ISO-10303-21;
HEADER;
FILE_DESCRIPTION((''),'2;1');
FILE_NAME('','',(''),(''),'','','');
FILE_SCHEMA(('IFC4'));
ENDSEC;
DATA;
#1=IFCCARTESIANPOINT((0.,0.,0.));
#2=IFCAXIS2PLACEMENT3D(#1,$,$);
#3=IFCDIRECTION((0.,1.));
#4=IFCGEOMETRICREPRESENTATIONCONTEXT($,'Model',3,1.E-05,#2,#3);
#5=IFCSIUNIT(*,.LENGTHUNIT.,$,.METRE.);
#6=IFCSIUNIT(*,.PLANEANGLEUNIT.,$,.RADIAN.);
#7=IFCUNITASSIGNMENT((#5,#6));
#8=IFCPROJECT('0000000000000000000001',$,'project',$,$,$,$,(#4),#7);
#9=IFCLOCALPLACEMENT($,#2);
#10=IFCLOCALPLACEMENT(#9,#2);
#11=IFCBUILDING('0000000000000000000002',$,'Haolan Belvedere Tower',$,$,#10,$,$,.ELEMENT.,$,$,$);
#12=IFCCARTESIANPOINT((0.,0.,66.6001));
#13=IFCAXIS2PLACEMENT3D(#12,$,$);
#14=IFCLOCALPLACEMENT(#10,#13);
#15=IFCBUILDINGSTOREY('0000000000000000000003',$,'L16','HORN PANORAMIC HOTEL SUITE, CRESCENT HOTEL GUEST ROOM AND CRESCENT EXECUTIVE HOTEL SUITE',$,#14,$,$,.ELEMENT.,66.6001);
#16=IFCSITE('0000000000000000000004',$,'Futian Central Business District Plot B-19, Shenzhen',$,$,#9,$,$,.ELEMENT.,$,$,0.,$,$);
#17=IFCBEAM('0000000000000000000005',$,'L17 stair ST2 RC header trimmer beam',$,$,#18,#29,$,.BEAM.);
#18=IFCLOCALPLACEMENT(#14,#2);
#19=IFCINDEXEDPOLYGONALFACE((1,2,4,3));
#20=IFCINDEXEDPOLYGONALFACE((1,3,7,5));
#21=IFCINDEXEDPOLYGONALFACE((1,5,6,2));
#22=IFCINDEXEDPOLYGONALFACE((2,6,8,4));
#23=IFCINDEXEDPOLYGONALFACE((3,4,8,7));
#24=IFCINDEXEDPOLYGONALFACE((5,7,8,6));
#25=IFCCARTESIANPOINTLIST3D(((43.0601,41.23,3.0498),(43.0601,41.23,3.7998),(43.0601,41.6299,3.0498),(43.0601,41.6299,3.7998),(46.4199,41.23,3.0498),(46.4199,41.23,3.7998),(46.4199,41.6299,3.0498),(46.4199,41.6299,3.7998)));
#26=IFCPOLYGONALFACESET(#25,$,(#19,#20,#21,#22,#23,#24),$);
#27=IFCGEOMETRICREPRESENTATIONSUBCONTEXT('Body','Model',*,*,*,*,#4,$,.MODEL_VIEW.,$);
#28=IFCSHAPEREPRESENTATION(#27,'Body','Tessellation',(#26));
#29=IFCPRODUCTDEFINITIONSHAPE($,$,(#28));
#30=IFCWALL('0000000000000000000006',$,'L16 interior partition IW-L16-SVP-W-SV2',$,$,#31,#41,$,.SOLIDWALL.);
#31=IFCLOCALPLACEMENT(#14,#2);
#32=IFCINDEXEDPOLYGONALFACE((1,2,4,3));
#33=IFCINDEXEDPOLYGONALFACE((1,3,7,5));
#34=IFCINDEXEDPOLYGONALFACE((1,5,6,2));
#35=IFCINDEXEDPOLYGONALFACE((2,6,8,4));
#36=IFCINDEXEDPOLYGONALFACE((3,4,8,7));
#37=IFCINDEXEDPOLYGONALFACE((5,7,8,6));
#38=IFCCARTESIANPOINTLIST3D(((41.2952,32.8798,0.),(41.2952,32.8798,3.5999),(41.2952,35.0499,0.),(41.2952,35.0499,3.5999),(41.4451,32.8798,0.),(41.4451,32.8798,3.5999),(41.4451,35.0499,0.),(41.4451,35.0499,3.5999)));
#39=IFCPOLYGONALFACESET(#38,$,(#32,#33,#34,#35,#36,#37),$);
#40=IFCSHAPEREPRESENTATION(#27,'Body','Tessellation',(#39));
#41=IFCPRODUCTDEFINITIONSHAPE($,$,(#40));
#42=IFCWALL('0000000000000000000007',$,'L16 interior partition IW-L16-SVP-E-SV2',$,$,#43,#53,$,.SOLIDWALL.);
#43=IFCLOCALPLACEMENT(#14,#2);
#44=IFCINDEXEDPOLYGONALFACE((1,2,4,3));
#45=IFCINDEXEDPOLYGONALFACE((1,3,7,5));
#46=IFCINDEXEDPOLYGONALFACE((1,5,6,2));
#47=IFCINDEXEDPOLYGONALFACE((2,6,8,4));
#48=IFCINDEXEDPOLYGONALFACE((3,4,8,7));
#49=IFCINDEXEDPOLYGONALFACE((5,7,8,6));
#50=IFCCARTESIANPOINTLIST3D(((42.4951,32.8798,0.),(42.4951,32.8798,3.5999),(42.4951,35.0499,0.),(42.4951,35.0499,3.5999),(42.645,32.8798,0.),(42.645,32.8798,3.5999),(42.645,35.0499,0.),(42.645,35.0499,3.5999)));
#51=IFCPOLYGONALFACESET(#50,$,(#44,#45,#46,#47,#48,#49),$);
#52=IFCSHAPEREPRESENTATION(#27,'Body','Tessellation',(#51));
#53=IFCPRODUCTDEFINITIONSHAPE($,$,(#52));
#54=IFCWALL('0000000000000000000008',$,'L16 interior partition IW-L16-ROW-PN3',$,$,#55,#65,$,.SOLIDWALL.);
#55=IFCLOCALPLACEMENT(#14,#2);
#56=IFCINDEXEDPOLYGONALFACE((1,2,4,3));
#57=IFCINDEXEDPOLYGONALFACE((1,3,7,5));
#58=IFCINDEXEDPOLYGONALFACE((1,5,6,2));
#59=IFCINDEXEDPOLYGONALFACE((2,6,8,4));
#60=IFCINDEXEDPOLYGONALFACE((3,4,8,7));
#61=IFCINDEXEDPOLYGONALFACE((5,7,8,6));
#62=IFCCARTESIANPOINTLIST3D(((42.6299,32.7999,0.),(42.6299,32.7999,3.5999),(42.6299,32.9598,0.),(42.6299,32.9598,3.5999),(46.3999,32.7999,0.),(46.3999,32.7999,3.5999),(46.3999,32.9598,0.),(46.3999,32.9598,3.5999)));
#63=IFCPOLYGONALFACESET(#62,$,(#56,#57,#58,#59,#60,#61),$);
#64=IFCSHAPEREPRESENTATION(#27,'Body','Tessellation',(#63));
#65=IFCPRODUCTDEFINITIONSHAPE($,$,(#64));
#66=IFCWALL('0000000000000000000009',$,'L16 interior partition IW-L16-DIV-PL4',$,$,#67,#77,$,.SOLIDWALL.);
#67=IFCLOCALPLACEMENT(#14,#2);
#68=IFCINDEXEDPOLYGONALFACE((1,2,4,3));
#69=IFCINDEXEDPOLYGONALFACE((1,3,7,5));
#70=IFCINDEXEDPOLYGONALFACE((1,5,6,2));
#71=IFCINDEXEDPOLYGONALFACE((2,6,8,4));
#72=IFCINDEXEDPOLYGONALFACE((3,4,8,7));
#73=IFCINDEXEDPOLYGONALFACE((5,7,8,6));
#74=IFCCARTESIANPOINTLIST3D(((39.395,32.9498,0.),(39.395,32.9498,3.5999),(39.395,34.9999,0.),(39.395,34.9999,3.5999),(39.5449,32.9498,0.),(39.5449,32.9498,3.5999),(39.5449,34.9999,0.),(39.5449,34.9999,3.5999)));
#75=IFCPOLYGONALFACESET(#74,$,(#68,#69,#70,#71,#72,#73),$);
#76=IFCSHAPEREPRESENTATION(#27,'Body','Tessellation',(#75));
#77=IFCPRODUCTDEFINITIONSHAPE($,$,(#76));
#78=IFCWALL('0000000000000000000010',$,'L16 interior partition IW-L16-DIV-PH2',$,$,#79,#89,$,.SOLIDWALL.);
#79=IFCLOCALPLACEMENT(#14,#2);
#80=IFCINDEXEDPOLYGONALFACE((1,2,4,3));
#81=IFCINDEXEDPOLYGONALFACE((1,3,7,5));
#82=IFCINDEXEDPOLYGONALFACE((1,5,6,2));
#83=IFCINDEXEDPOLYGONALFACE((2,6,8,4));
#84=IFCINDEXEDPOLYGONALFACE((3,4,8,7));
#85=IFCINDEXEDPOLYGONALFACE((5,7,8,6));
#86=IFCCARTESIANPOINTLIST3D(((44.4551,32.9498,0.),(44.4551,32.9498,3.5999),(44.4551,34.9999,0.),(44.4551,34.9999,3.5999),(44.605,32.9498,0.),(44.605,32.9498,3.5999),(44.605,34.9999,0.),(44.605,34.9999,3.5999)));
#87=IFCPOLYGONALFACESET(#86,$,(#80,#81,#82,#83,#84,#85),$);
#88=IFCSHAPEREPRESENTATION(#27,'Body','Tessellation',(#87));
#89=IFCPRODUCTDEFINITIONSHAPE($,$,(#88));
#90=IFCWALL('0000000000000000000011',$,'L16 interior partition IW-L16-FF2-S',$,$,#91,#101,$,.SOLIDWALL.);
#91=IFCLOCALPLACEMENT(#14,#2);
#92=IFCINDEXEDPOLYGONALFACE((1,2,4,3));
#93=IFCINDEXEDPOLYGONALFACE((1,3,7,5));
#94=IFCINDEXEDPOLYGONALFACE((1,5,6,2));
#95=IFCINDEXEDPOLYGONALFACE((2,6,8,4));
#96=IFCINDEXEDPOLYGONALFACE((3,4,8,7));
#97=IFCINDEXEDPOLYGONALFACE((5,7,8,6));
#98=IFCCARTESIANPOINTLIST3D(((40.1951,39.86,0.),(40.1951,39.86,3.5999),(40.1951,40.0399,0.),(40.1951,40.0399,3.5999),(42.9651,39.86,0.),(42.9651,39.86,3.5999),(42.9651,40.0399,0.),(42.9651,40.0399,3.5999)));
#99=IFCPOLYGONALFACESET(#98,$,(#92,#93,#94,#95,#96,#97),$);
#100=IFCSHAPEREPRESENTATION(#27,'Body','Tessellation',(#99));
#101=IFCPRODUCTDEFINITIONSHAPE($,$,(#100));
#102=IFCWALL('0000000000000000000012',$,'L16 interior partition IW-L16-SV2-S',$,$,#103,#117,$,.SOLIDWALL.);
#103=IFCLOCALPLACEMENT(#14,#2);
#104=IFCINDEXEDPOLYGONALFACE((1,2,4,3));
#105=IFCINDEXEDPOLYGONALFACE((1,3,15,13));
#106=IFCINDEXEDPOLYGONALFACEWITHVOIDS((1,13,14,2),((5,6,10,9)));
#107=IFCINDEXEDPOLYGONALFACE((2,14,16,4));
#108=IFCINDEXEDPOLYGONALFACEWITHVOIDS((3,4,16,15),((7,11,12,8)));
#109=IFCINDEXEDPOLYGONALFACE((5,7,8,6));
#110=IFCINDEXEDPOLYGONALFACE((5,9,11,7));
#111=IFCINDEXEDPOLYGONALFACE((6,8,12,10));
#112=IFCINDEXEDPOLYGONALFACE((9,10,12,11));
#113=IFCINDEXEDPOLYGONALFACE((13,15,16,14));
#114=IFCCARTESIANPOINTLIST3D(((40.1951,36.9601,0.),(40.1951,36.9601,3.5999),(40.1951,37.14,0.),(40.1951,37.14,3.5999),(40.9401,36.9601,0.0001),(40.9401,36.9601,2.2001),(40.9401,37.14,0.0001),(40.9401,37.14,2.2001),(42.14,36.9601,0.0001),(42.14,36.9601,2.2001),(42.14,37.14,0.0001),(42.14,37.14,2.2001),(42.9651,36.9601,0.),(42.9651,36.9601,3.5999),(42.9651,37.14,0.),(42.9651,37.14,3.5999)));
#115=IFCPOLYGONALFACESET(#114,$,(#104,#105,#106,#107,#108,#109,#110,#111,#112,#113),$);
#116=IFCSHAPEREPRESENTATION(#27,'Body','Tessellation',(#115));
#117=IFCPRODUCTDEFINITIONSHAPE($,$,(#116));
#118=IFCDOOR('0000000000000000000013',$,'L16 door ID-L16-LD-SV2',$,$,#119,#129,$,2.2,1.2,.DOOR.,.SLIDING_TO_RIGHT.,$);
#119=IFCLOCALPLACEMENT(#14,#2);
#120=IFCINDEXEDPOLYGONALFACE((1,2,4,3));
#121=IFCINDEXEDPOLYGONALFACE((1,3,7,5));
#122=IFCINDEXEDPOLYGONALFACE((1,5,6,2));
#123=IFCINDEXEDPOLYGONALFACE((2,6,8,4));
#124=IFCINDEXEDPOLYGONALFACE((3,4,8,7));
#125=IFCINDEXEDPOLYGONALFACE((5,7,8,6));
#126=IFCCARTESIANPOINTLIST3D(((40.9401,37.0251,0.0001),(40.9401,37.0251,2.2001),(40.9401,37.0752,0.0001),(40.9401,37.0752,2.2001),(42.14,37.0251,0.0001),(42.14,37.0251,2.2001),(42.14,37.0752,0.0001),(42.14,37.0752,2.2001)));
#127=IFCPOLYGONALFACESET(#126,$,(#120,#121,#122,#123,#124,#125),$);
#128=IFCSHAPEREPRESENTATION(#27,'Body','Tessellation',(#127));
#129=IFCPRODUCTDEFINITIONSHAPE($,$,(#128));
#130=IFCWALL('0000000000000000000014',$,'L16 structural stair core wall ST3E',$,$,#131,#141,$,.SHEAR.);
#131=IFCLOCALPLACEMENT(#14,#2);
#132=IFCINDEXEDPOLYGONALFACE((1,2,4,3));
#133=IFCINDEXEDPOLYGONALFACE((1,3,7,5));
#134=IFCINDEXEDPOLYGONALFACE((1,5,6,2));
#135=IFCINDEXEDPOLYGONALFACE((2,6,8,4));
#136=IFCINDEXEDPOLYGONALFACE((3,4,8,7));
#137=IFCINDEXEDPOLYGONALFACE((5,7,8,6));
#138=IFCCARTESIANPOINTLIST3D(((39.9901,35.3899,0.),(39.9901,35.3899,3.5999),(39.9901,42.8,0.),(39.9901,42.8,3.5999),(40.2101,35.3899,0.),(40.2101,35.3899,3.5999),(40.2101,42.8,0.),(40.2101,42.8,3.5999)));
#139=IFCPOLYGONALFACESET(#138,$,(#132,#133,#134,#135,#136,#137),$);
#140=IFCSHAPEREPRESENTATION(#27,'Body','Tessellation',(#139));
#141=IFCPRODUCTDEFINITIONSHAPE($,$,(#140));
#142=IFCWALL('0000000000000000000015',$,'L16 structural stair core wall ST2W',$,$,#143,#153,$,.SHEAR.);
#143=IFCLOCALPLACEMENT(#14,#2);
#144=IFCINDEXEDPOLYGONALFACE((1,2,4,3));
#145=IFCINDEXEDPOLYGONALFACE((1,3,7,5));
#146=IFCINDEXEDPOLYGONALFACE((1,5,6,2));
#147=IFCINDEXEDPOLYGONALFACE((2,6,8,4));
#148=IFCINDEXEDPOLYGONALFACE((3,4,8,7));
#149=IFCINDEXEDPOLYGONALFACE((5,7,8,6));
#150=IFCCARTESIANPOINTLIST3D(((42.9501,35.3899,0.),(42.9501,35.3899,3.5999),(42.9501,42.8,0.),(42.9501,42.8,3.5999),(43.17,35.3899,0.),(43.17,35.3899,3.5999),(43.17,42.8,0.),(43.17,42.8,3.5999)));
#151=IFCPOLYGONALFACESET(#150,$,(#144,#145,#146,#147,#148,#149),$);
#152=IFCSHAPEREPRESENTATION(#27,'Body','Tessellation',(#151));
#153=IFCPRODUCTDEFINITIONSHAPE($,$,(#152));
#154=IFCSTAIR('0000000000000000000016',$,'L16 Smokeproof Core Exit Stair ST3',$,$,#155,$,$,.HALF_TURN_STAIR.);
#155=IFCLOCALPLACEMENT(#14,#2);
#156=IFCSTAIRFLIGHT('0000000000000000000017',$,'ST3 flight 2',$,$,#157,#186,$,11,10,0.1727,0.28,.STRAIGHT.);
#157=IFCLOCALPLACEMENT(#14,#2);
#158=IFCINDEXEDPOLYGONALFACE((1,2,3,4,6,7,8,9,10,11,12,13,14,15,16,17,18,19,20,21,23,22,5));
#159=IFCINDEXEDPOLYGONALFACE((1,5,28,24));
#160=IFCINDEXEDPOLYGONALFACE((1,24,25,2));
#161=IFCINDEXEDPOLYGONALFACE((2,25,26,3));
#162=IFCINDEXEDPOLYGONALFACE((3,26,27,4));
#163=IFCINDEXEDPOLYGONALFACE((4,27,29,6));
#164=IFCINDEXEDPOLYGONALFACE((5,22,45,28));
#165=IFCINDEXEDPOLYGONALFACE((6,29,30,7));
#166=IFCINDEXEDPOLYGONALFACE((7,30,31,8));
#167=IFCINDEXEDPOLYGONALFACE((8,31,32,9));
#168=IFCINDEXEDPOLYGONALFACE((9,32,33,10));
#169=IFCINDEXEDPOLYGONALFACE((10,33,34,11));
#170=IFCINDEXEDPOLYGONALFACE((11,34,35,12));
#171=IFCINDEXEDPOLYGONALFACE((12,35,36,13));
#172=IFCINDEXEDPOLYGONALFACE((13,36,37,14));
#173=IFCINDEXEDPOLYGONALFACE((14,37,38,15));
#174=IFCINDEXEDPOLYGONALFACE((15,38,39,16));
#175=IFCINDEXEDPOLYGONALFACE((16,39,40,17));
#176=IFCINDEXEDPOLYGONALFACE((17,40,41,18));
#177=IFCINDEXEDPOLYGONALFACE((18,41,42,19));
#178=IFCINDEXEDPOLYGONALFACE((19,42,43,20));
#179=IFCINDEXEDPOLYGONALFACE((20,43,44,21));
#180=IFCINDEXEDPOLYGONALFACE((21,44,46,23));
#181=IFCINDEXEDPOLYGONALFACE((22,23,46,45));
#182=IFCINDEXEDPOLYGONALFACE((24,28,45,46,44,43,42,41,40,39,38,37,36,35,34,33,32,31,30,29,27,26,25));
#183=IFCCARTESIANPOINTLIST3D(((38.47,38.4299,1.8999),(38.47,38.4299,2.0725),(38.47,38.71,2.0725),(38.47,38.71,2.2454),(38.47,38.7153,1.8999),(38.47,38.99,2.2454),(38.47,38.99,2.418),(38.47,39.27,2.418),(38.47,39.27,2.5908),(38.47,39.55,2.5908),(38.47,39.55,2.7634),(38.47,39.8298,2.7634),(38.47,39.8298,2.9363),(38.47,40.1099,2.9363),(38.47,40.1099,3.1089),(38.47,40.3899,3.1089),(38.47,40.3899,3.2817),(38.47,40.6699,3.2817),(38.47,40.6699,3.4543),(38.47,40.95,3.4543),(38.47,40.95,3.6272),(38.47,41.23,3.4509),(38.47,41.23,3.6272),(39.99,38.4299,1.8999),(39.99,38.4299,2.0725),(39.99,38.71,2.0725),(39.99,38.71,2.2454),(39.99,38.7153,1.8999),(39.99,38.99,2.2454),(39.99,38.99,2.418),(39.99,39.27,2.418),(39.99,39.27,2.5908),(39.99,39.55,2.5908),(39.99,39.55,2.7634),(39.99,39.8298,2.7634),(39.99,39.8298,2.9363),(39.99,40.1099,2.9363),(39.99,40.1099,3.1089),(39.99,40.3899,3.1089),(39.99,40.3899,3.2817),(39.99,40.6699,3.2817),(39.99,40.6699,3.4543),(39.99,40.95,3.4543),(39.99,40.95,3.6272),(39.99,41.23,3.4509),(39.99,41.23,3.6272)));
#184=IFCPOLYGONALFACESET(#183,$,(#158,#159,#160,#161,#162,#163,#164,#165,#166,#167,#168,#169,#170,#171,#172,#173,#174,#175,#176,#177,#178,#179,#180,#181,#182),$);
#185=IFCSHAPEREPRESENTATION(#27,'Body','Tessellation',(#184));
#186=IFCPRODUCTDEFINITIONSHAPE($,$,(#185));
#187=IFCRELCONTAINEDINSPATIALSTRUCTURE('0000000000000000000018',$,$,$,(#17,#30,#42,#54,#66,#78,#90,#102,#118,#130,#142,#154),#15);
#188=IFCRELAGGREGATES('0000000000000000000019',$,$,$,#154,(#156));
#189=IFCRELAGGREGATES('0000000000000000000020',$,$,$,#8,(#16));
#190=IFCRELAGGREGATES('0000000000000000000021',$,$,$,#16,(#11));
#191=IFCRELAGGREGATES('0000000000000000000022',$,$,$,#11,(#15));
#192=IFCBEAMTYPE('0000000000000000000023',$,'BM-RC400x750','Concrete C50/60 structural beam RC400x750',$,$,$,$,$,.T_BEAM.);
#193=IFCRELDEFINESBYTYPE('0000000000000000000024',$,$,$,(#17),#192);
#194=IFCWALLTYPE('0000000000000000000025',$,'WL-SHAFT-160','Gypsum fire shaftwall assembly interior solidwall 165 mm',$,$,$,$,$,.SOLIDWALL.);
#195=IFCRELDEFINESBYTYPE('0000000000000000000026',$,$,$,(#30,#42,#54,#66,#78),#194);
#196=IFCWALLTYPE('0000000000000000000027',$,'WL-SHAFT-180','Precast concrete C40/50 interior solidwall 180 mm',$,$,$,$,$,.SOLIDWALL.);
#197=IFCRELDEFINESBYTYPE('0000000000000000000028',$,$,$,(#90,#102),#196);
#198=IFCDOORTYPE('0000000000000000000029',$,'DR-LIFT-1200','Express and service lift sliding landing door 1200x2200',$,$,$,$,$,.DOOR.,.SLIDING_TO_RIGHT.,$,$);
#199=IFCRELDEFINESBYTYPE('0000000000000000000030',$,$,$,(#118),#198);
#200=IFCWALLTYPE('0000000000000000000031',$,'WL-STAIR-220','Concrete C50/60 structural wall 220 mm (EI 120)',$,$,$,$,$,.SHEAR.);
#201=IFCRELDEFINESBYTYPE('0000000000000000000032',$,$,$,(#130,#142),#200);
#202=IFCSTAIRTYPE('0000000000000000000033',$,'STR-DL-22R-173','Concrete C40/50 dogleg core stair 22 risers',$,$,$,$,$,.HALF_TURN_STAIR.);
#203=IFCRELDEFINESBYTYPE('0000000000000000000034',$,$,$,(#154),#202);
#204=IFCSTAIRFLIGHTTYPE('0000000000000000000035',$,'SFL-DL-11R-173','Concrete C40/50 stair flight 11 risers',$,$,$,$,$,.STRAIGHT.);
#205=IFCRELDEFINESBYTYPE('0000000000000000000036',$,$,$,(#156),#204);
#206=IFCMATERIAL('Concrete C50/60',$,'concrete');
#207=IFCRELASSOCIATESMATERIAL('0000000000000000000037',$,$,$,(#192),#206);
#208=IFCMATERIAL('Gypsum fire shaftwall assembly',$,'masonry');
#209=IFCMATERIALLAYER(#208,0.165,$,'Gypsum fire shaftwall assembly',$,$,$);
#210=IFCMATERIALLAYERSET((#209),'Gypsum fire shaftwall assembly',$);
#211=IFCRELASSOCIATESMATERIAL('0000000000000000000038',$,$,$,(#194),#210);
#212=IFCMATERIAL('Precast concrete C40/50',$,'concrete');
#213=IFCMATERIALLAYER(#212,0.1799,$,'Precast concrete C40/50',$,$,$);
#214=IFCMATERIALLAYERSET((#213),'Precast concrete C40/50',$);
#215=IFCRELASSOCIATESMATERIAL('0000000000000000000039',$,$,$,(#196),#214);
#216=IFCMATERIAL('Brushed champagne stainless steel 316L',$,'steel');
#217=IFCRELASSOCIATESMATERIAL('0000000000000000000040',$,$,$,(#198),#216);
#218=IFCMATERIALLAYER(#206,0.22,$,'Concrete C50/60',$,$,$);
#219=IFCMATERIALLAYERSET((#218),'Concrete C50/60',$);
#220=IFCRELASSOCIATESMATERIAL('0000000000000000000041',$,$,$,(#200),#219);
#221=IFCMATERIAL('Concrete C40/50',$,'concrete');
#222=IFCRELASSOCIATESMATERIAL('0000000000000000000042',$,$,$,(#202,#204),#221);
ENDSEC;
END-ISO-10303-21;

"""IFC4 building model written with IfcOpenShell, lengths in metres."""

from ifc_helpers import new_model, si_unit, direction, frame, frame_2d, origin, origin_2d, place, context, subcontext, project, spatial, polyline, rectangle, outline, extrude, material, layer, layer_set, material_profile, profile_set, type_object, element, fill, aggregate, save


model = new_model("IFC4")

# Units and contexts
model_context = context("Model", 3, precision=1e-05, world=origin(), true_north=direction((0.0, 1.0)))
body_context = subcontext(model_context, "Body", "Model", "MODEL_VIEW")
ifc_project = project(units=[si_unit("LENGTHUNIT", "METRE"), si_unit("PLANEANGLEUNIT", "RADIAN")], contexts=[model_context])

# Site, building, storey
site_placement = place(None, origin())
site = spatial("IfcSite", under=ifc_project, at=site_placement, Name="Futian Central Business District Plot B-19, Shenzhen", CompositionType="ELEMENT", RefElevation=0.0)
building_placement = place(site_placement, origin())
building = spatial("IfcBuilding", under=site, at=building_placement, Name="Haolan Belvedere Tower", CompositionType="ELEMENT")
storey_placement = place(building_placement, frame((0.0, 0.0, 66.6001)))
storey = spatial("IfcBuildingStorey", under=building, at=storey_placement, Name="L16", Description="HORN PANORAMIC HOTEL SUITE, CRESCENT HOTEL GUEST ROOM AND CRESCENT EXECUTIVE HOTEL SUITE", CompositionType="ELEMENT", Elevation=66.6001)

# Beam
ifc_material_1 = material(Name="Concrete C50/60", Category="concrete")
ifc_material_profile = material_profile(ifc_material_1, rectangle(XDim=0.3999, YDim=0.75, at=origin_2d()), Name="Concrete C50/60")
ifc_profile_set = profile_set([ifc_material_profile], Name="Concrete C50/60")
beam_type = type_object("IfcBeamType", Name="BM-RC400x750", Description="Concrete C50/60 structural beam RC400x750", PredefinedType="T_BEAM", material=ifc_profile_set)
beam_placement = place(storey_placement, frame((43.0601, 41.4299, 3.4248), z_axis=(1.0, 0.0, 0.0), x_axis=(0.0, 1.0, 0.0)))
element("IfcBeam", 1, at=beam_placement, inside=storey, type_object=beam_type, Name="L17 stair ST2 RC header trimmer beam", PredefinedType="BEAM", context=body_context, shape_type="SweptSolid", body=[
    extrude(rectangle(XDim=0.3999, YDim=0.75, at=origin_2d()), origin(), (0.0, 0.0, 1.0), 3.3599),
])

# Walls
ifc_material_2 = material(Name="Gypsum fire shaftwall assembly", Category="masonry")
ifc_layer_1 = layer(ifc_material_2, 0.165, Name="Gypsum fire shaftwall assembly")
ifc_layer_set_1 = layer_set([ifc_layer_1], Name="Gypsum fire shaftwall assembly")
wall_type_1 = type_object("IfcWallType", Name="WL-SHAFT-160", Description="Gypsum fire shaftwall assembly interior solidwall 165 mm", PredefinedType="SOLIDWALL", material=ifc_layer_set_1)
for number, where, z_axis, x_axis, name in (
    (2, (41.3701, 32.8799, 0.0), (0.0, 0.0, 1.0), (0.0, 1.0, 0.0), "L16 interior partition IW-L16-SVP-W-SV2"),
    (3, (42.5701, 32.8799, 0.0), (0.0, 0.0, 1.0), (0.0, 1.0, 0.0), "L16 interior partition IW-L16-SVP-E-SV2"),
):
    element("IfcWall", number, at=place(storey_placement, frame(where, z_axis=z_axis, x_axis=x_axis)), inside=storey, type_object=wall_type_1, Name=name, PredefinedType="SOLIDWALL", context=body_context, shape_type="SweptSolid", body=[
        extrude(rectangle(XDim=2.1702, YDim=0.1499, at=frame_2d((1.085, 0.0))), origin(), (0.0, 0.0, 1.0), 3.5999),
    ])
wall_1_placement = place(storey_placement, frame((42.6299, 32.8799, 0.0), z_axis=(0.0, 0.0, 1.0), x_axis=(1.0, 0.0, 0.0)))
element("IfcWall", 4, at=wall_1_placement, inside=storey, type_object=wall_type_1, Name="L16 interior partition IW-L16-ROW-PN3", PredefinedType="SOLIDWALL", context=body_context, shape_type="SweptSolid", body=[
    extrude(rectangle(XDim=3.77, YDim=0.1599, at=frame_2d((1.885, 0.0))), origin(), (0.0, 0.0, 1.0), 3.5999),
])
for number, where, z_axis, x_axis, name in (
    (5, (39.47, 32.95, 0.0), (0.0, 0.0, 1.0), (0.0, 1.0, 0.0), "L16 interior partition IW-L16-DIV-PL4"),
    (6, (44.53, 32.95, 0.0), (0.0, 0.0, 1.0), (0.0, 1.0, 0.0), "L16 interior partition IW-L16-DIV-PH2"),
):
    element("IfcWall", number, at=place(storey_placement, frame(where, z_axis=z_axis, x_axis=x_axis)), inside=storey, type_object=wall_type_1, Name=name, PredefinedType="SOLIDWALL", context=body_context, shape_type="SweptSolid", body=[
        extrude(rectangle(XDim=2.05, YDim=0.1499, at=frame_2d((1.0249, 0.0))), origin(), (0.0, 0.0, 1.0), 3.5999),
    ])
ifc_material_3 = material(Name="Precast concrete C40/50", Category="concrete")
ifc_layer_2 = layer(ifc_material_3, 0.1799, Name="Precast concrete C40/50")
ifc_layer_set_2 = layer_set([ifc_layer_2], Name="Precast concrete C40/50")
wall_type_2 = type_object("IfcWallType", Name="WL-SHAFT-180", Description="Precast concrete C40/50 interior solidwall 180 mm", PredefinedType="SOLIDWALL", material=ifc_layer_set_2)
wall_2_placement = place(storey_placement, frame((40.1951, 39.95, 0.0), z_axis=(0.0, 0.0, 1.0), x_axis=(1.0, 0.0, 0.0)))
element("IfcWall", 7, at=wall_2_placement, inside=storey, type_object=wall_type_2, Name="L16 interior partition IW-L16-FF2-S", PredefinedType="SOLIDWALL", context=body_context, shape_type="SweptSolid", body=[
    extrude(rectangle(XDim=2.77, YDim=0.1799, at=frame_2d((1.385, 0.0))), origin(), (0.0, 0.0, 1.0), 3.5999),
])

# Wall, opening, door
wall_3_placement = place(storey_placement, frame((40.1951, 37.05, 0.0), z_axis=(0.0, 0.0, 1.0), x_axis=(1.0, 0.0, 0.0)))
wall_3 = element("IfcWall", 8, at=wall_3_placement, inside=storey, type_object=wall_type_2, Name="L16 interior partition IW-L16-SV2-S", PredefinedType="SOLIDWALL", context=body_context, shape_type="SweptSolid", body=[
    extrude(rectangle(XDim=2.77, YDim=0.1799, at=frame_2d((1.385, 0.0))), origin(), (0.0, 0.0, 1.0), 3.5999),
])
opening_placement = place(wall_3_placement, frame((1.9451, 0.0, 0.0), z_axis=(0.0, 0.0, 1.0), x_axis=(-1.0, 0.0, 0.0)))
opening = element("IfcOpeningElement", 9, at=opening_placement, cuts=wall_3, PredefinedType="OPENING", context=body_context, shape_type="SweptSolid", body=[
    extrude(rectangle(XDim=1.2, YDim=2.2, at=frame_2d((0.6001, 1.1001))), frame((0.0, 0.0999, 0.0), z_axis=(0.0, -1.0, 0.0), x_axis=(1.0, 0.0, 0.0)), (0.0, 0.0, 1.0), 0.2),
])
ifc_material_4 = material(Name="Brushed champagne stainless steel 316L", Category="steel")
door_type = type_object("IfcDoorType", Name="DR-LIFT-1200", Description="Express and service lift sliding landing door 1200x2200", OperationType="SLIDING_TO_RIGHT", PredefinedType="DOOR", material=ifc_material_4)
door_placement = place(opening_placement, origin())
door = element("IfcDoor", 10, at=door_placement, inside=storey, type_object=door_type, Name="L16 door ID-L16-LD-SV2", OperationType="SLIDING_TO_RIGHT", OverallHeight=2.2, OverallWidth=1.2, PredefinedType="DOOR", context=body_context, shape_type="SweptSolid", body=[
    extrude(rectangle(XDim=1.2, YDim=2.2, at=frame_2d((0.6001, 1.1001))), frame((0.0, 0.0249, 0.0), z_axis=(0.0, -1.0, 0.0), x_axis=(1.0, 0.0, 0.0)), (0.0, 0.0, 1.0), 0.05),
])
fill(opening, door)

# Walls
ifc_layer_3 = layer(ifc_material_1, 0.22, Name="Concrete C50/60")
ifc_layer_set_3 = layer_set([ifc_layer_3], Name="Concrete C50/60")
wall_type_3 = type_object("IfcWallType", Name="WL-STAIR-220", Description="Concrete C50/60 structural wall 220 mm (EI 120)", PredefinedType="SHEAR", material=ifc_layer_set_3)
for number, where, z_axis, x_axis, name in (
    (11, (40.1001, 35.3899, 0.0), (0.0, 0.0, 1.0), (0.0, 1.0, 0.0), "L16 structural stair core wall ST3E"),
    (12, (43.0601, 35.3899, 0.0), (0.0, 0.0, 1.0), (0.0, 1.0, 0.0), "L16 structural stair core wall ST2W"),
):
    element("IfcWall", number, at=place(storey_placement, frame(where, z_axis=z_axis, x_axis=x_axis)), inside=storey, type_object=wall_type_3, Name=name, PredefinedType="SHEAR", context=body_context, shape_type="SweptSolid", body=[
        extrude(rectangle(XDim=7.4102, YDim=0.22, at=frame_2d((3.7051, 0.0))), origin(), (0.0, 0.0, 1.0), 3.5999),
    ])

# Stair, stair flight
ifc_material_5 = material(Name="Concrete C40/50", Category="concrete")
stair_type = type_object("IfcStairType", Name="STR-DL-22R-173", Description="Concrete C40/50 dogleg core stair 22 risers", PredefinedType="HALF_TURN_STAIR", material=ifc_material_5)
stair_1_placement = place(storey_placement, origin())
stair_1 = element("IfcStair", 13, at=stair_1_placement, inside=storey, type_object=stair_type, Name="L16 Smokeproof Core Exit Stair ST3", PredefinedType="HALF_TURN_STAIR")
stair_flight_type = type_object("IfcStairFlightType", Name="SFL-DL-11R-173", Description="Concrete C40/50 stair flight 11 risers", PredefinedType="STRAIGHT", material=ifc_material_5)
stair_flight_1_placement = place(storey_placement, frame((39.23, 38.4299, 1.8999), z_axis=(0.0, 0.0, 1.0), x_axis=(0.0, 1.0, 0.0)))
stair_flight_1 = element("IfcStairFlight", 14, at=stair_flight_1_placement, type_object=stair_flight_type, Name="ST3 flight 2", NumberOfRisers=11, NumberOfTreads=10, PredefinedType="STRAIGHT", RiserHeight=0.1727, TreadLength=0.28, context=body_context, shape_type="SweptSolid", body=[
    extrude(outline(polyline([(0.0, 0.0), (0.0, 0.1726), (0.28, 0.1726), (0.28, 0.3455), (0.5601, 0.3455), (0.5601, 0.5181), (0.8401, 0.5181), (0.8401, 0.6909), (1.1201, 0.6909), (1.1201, 0.8635), (1.3999, 0.8635), (1.3999, 1.0364), (1.6799, 1.0364), (1.6799, 1.209), (1.96, 1.209), (1.96, 1.3818), (2.24, 1.3818), (2.24, 1.5544), (2.52, 1.5544), (2.52, 1.7273), (2.8, 1.7273), (2.8, 1.8999), (2.8, 1.551), (0.2854, 0.0), (0.0, 0.0)])), frame((0.0, 0.76, 0.0), z_axis=(0.0, -1.0, 0.0), x_axis=(1.0, 0.0, 0.0)), (0.0, 0.0, 1.0), 1.52),
])
aggregate(stair_1, [stair_flight_1])

save(model, "model.ifc")
